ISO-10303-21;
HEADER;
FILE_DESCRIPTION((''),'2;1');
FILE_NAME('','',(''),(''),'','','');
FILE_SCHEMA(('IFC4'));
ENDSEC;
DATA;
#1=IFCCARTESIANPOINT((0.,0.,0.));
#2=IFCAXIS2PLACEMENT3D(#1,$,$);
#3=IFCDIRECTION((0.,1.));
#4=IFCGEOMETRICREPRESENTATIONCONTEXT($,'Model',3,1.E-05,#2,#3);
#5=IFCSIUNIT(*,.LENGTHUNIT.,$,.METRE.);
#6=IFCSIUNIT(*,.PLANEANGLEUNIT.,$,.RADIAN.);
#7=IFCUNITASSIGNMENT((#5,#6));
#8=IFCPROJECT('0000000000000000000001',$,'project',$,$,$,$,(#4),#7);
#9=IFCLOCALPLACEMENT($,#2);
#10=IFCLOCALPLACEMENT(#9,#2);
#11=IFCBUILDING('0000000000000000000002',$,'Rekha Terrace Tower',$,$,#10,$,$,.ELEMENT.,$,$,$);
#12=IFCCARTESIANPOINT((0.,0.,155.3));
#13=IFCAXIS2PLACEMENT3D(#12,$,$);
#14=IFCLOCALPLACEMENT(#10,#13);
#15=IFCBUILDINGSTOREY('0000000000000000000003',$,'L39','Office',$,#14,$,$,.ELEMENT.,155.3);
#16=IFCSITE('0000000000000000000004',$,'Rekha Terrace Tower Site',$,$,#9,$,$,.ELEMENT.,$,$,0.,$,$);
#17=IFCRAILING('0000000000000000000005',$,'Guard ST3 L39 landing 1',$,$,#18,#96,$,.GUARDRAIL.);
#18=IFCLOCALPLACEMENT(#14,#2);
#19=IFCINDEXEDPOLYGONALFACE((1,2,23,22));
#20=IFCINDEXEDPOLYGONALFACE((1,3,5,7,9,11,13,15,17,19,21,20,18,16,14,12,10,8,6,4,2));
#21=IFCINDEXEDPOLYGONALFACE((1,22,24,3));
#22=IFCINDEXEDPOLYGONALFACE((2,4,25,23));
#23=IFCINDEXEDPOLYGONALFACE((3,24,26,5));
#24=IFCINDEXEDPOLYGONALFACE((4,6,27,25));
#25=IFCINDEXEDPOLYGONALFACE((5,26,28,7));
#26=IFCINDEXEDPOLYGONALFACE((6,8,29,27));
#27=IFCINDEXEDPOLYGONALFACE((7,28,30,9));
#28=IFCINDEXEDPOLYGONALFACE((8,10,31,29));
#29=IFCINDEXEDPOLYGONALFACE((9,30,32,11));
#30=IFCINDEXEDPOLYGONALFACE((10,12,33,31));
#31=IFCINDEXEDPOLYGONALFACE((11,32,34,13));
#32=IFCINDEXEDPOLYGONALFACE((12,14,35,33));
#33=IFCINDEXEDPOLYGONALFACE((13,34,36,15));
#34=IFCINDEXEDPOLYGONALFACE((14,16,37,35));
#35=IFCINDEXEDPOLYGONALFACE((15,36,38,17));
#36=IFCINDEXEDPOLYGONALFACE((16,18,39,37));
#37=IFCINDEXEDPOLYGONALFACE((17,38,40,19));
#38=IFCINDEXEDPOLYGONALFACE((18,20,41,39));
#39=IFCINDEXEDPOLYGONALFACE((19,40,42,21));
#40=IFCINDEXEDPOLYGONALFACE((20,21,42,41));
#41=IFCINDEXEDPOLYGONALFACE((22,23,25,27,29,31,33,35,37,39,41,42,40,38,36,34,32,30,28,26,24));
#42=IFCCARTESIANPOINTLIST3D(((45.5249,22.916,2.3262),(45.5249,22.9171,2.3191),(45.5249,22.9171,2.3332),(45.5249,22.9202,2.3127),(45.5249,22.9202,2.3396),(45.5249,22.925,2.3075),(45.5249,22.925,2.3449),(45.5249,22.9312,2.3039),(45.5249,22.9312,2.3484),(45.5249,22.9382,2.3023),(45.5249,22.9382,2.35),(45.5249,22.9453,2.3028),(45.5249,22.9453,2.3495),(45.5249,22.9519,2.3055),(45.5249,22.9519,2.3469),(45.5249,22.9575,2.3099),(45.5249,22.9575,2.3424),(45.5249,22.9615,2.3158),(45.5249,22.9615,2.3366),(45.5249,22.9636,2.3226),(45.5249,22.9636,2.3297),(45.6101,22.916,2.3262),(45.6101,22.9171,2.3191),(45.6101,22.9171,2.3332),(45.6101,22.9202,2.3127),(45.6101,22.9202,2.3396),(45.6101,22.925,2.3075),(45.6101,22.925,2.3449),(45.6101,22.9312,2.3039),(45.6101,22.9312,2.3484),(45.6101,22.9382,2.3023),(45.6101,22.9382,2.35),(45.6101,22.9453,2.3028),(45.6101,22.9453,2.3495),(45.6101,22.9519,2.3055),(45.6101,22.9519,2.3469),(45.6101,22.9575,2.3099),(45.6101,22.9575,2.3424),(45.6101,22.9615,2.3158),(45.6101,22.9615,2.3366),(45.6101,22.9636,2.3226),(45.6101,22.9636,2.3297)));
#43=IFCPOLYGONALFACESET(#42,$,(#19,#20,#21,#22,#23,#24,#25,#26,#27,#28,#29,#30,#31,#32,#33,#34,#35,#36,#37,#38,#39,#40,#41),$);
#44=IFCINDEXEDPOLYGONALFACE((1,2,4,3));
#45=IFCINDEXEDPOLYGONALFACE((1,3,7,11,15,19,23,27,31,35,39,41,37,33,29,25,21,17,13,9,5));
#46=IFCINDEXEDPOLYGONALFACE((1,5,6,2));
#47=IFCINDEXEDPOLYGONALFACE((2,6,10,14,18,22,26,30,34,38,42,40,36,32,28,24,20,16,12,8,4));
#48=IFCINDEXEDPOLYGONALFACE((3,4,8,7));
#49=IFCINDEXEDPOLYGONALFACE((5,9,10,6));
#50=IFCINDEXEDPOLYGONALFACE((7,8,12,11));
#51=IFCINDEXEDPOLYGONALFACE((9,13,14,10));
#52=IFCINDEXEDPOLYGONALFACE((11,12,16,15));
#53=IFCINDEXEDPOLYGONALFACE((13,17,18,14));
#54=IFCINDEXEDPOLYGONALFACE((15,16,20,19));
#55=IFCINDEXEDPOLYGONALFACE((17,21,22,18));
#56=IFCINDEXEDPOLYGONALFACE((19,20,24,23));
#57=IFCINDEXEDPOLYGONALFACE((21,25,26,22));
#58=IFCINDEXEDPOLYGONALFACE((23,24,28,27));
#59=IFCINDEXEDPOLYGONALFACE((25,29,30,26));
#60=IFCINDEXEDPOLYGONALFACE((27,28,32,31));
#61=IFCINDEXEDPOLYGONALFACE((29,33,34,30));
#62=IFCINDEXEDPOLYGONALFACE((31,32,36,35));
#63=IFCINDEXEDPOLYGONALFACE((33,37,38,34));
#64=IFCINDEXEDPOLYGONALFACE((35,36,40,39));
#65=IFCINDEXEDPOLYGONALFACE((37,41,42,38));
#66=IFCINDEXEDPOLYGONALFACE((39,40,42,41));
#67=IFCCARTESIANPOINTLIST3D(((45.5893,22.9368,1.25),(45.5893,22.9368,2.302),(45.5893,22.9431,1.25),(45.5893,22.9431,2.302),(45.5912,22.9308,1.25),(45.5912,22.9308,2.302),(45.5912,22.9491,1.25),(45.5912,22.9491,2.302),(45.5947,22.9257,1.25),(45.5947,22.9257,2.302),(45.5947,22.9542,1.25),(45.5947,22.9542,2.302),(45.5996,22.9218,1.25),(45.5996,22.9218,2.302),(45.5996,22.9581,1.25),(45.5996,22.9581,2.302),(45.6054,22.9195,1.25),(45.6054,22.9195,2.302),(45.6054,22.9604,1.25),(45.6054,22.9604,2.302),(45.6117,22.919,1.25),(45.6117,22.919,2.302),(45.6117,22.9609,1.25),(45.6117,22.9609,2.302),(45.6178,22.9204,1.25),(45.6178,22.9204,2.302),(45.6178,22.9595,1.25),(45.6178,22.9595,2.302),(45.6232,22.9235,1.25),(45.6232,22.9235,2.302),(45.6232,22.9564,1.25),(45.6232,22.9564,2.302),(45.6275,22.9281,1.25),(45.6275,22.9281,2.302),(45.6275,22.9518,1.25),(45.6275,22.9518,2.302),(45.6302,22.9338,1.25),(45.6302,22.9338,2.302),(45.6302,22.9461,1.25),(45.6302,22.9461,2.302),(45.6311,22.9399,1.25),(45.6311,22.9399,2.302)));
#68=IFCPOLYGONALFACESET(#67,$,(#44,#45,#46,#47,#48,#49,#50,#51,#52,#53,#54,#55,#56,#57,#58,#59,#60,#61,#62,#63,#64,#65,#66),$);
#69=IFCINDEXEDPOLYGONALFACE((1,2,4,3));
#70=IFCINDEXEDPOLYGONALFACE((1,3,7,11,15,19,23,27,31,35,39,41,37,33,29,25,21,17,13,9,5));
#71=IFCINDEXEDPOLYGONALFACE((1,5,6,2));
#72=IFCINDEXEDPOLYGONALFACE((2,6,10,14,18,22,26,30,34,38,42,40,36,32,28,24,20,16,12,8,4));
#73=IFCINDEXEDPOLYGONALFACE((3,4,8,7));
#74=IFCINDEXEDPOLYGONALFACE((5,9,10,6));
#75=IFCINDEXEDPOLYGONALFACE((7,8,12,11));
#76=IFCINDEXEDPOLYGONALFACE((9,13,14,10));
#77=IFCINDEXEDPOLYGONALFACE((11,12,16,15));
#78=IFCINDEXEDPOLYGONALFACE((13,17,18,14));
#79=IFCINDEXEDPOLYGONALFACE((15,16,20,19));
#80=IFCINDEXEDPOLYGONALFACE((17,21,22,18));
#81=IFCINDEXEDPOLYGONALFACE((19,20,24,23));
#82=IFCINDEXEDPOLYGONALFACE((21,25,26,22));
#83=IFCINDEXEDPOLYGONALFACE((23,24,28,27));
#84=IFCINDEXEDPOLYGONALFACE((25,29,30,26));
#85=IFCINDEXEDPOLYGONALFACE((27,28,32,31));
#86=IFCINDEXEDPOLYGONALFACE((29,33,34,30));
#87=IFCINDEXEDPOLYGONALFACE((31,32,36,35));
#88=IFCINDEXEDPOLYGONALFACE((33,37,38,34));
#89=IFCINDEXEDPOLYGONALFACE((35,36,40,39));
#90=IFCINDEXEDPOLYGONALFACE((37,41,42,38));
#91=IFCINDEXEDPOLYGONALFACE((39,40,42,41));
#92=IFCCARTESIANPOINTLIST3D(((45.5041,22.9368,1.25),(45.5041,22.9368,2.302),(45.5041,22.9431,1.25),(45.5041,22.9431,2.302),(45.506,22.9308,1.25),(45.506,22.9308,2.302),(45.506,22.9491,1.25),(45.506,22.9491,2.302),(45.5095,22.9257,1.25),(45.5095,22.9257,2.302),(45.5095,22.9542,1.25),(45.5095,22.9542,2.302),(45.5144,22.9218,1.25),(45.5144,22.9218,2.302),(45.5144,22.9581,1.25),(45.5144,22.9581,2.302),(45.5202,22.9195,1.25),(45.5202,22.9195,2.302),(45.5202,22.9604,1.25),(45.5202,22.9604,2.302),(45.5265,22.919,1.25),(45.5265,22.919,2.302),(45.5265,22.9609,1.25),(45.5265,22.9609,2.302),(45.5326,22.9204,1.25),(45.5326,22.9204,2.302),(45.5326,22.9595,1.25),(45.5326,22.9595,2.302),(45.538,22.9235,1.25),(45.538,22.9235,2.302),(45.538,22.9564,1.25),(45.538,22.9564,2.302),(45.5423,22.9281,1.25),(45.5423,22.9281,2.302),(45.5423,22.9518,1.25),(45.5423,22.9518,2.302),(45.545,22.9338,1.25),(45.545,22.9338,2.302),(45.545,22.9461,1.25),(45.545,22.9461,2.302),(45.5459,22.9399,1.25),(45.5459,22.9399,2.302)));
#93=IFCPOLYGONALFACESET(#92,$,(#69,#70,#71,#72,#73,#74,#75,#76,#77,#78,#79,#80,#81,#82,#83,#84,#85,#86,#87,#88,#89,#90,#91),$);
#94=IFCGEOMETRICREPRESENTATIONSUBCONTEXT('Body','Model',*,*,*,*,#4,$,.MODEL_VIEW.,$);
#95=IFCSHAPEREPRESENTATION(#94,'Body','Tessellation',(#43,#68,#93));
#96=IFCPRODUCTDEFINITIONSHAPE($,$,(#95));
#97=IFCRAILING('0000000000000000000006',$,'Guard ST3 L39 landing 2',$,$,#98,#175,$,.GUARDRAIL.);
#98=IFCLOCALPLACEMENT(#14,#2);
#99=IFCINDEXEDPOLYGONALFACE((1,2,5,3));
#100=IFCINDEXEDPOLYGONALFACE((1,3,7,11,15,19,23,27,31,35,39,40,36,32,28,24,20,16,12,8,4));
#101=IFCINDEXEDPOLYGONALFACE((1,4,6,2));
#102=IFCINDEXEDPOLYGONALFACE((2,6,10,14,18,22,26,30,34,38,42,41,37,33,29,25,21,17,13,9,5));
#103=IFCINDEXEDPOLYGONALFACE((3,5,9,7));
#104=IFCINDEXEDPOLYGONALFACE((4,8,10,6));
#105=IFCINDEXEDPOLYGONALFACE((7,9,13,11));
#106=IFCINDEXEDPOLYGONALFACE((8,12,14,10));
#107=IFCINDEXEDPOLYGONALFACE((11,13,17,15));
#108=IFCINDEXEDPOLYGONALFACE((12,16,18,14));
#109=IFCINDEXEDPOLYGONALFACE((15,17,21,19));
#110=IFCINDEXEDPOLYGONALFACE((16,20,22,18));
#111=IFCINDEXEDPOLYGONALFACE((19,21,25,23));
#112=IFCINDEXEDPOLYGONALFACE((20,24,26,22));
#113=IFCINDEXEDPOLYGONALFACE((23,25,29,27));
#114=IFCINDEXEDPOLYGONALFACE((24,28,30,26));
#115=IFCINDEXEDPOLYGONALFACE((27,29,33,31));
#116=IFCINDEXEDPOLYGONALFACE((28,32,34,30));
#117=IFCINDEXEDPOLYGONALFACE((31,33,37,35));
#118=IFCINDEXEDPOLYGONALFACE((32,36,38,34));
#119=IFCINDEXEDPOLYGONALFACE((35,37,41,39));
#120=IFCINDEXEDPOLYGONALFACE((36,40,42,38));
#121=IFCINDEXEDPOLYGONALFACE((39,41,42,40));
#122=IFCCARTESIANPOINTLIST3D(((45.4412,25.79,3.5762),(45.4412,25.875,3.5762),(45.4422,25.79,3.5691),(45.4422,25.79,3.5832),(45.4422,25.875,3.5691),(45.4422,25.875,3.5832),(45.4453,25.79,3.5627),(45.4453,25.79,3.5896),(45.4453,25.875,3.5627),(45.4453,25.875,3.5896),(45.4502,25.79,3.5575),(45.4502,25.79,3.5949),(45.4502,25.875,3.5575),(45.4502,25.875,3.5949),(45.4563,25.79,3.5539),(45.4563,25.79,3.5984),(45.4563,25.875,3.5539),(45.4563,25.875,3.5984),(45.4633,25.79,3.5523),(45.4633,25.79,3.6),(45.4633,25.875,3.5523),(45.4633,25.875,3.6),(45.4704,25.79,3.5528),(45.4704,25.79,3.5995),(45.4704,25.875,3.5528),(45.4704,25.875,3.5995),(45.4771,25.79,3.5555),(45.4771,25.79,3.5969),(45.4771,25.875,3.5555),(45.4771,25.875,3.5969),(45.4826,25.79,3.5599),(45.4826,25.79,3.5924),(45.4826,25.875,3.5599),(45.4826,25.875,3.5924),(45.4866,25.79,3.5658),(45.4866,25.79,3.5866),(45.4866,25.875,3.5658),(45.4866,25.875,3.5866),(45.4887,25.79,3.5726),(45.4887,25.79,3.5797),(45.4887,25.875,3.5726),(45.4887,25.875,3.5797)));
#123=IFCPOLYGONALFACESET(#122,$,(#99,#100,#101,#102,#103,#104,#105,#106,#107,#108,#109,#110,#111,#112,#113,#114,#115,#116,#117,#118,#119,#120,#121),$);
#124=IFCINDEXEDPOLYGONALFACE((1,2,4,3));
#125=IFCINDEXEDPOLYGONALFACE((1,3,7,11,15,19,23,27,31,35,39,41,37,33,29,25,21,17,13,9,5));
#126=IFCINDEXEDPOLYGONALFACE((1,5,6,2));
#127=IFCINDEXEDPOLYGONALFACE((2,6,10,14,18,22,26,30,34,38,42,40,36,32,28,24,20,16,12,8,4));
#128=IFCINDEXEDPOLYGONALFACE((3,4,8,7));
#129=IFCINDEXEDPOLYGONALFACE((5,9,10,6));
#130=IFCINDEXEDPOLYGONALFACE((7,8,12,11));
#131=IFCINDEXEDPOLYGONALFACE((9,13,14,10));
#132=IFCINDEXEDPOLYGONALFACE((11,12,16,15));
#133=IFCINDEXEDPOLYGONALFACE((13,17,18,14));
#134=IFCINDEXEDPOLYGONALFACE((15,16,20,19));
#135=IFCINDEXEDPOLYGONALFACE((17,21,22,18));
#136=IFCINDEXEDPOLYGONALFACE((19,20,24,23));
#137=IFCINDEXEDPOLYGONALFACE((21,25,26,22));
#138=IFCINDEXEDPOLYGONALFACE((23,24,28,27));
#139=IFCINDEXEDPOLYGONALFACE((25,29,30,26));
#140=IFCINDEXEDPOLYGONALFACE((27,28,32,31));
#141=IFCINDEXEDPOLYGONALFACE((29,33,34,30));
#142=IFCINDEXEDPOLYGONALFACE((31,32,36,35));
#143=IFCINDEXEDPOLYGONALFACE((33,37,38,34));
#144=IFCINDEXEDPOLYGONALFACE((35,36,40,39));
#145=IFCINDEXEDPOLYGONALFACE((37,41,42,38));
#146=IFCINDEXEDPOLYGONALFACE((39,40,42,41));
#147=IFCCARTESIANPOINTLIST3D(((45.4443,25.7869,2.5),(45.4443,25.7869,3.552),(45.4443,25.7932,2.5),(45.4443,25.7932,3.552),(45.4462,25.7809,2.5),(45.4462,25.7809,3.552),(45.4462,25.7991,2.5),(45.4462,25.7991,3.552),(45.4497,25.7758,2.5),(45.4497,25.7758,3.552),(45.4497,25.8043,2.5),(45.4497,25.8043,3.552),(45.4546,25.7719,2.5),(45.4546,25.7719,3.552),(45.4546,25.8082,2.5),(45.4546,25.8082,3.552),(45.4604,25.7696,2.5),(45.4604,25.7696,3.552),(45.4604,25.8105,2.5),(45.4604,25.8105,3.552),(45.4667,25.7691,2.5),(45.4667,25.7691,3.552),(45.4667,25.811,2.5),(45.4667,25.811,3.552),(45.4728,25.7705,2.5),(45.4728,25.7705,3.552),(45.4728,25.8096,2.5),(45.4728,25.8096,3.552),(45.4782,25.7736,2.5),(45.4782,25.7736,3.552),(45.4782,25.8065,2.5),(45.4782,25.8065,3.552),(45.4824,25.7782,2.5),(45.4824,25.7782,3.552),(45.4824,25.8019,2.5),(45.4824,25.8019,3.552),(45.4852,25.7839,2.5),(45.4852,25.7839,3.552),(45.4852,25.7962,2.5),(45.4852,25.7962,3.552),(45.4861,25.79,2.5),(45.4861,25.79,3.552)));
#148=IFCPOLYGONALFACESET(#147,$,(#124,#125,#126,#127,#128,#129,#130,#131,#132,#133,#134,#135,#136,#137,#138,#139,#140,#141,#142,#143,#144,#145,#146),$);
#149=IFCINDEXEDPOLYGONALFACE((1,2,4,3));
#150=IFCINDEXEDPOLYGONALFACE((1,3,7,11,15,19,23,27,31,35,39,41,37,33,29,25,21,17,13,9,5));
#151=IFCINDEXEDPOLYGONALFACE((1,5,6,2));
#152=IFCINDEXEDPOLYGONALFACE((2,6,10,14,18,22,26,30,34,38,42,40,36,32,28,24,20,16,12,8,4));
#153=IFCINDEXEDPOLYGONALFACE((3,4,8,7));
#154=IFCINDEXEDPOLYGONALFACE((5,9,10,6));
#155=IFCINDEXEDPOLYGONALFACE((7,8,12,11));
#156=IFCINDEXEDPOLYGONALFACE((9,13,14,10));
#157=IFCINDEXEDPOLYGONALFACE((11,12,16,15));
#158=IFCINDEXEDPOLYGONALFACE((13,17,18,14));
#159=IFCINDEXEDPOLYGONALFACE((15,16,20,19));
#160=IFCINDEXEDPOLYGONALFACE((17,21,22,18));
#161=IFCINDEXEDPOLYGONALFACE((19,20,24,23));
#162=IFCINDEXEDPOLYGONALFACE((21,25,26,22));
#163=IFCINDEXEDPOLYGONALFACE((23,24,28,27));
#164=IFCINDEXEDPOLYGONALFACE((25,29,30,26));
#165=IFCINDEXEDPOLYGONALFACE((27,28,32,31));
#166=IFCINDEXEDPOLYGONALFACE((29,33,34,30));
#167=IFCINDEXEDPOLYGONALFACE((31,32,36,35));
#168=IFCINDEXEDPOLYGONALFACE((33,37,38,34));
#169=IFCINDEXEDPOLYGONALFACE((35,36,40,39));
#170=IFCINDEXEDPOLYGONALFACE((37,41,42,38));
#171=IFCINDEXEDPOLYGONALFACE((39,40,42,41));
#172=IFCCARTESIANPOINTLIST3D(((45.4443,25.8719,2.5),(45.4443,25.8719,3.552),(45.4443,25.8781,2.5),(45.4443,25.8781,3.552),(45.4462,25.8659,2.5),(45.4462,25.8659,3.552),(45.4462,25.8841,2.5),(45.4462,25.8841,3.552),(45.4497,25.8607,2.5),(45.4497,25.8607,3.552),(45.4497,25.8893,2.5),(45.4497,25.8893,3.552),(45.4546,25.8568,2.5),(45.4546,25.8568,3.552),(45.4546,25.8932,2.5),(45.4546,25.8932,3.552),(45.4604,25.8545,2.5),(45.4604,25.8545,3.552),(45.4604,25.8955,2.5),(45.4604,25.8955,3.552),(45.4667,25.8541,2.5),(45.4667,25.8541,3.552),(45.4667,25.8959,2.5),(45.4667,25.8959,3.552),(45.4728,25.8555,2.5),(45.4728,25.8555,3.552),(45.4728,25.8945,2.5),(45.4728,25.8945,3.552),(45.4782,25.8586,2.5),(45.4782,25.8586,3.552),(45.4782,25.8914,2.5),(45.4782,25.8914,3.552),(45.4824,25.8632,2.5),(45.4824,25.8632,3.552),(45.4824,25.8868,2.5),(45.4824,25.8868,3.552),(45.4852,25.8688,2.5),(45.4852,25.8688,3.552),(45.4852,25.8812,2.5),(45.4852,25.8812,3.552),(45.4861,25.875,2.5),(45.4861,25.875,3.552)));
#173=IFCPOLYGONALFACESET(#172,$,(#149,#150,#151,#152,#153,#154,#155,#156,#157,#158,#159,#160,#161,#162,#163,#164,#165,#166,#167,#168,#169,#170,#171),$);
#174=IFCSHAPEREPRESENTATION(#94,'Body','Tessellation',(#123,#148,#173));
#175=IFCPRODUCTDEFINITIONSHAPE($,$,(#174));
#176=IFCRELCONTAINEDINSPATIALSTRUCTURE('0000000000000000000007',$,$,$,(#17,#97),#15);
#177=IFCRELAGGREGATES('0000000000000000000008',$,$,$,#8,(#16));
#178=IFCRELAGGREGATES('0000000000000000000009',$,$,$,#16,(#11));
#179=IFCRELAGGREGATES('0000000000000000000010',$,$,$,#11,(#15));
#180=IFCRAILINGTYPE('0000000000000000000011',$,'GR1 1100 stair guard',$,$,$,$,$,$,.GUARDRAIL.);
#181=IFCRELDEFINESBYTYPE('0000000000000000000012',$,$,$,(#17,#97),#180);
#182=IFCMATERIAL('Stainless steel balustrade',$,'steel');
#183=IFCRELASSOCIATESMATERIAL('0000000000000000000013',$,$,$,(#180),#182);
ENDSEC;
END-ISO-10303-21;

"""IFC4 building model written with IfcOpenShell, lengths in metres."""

from ifc_helpers import new_model, si_unit, direction, frame, origin, origin_2d, place, context, subcontext, project, spatial, circle, extrude, material, type_object, element, save


model = new_model("IFC4")

# Units and contexts
model_context = context("Model", 3, precision=1e-05, world=origin(), true_north=direction((0.0, 1.0)))
body_context = subcontext(model_context, "Body", "Model", "MODEL_VIEW")
ifc_project = project(units=[si_unit("LENGTHUNIT", "METRE"), si_unit("PLANEANGLEUNIT", "RADIAN")], contexts=[model_context])

# Site, building, storey
site_placement = place(None, origin())
site = spatial("IfcSite", under=ifc_project, at=site_placement, Name="Rekha Terrace Tower Site", CompositionType="ELEMENT", RefElevation=0.0)
building_placement = place(site_placement, origin())
building = spatial("IfcBuilding", under=site, at=building_placement, Name="Rekha Terrace Tower", CompositionType="ELEMENT")
storey_placement = place(building_placement, frame((0.0, 0.0, 155.3)))
storey = spatial("IfcBuildingStorey", under=building, at=storey_placement, Name="L39", Description="Office", CompositionType="ELEMENT", Elevation=155.3)

# Railings
ifc_material_1 = material(Name="Stainless steel balustrade", Category="steel")
railing_type_1 = type_object("IfcRailingType", Name="GR1 1100 stair guard", PredefinedType="GUARDRAIL", material=ifc_material_1)
railing_1_placement = place(storey_placement, frame((45.6101, 22.9399, 1.25)))
element("IfcRailing", 1, at=railing_1_placement, inside=storey, type_object=railing_type_1, Name="Guard ST3 L39 landing 1", PredefinedType="GUARDRAIL", context=body_context, shape_type="SweptSolid", body=[
    extrude(circle(Radius=0.0239, at=origin_2d()), frame((0.0, 0.0, 1.0762), z_axis=(-1.0, 0.0, 0.0), x_axis=(0.0, -1.0, 0.0)), (0.0, 0.0, 1.0), 0.0852),
    extrude(circle(Radius=0.021, at=origin_2d()), origin(), (0.0, 0.0, 1.0), 1.052),
    extrude(circle(Radius=0.021, at=origin_2d()), frame((-0.0852, 0.0, 0.0)), (0.0, 0.0, 1.0), 1.052),
])
railing_2_placement = place(storey_placement, frame((45.4651, 25.79, 2.5)))
element("IfcRailing", 2, at=railing_2_placement, inside=storey, type_object=railing_type_1, Name="Guard ST3 L39 landing 2", PredefinedType="GUARDRAIL", context=body_context, shape_type="SweptSolid", body=[
    extrude(circle(Radius=0.0239, at=origin_2d()), frame((0.0, 0.0, 1.0762), z_axis=(0.0, 1.0, 0.0), x_axis=(-1.0, 0.0, 0.0)), (0.0, 0.0, 1.0), 0.085),
    extrude(circle(Radius=0.021, at=origin_2d()), origin(), (0.0, 0.0, 1.0), 1.052),
    extrude(circle(Radius=0.021, at=origin_2d()), frame((0.0, 0.085, 0.0)), (0.0, 0.0, 1.0), 1.052),
])

save(model, "model.ifc")
